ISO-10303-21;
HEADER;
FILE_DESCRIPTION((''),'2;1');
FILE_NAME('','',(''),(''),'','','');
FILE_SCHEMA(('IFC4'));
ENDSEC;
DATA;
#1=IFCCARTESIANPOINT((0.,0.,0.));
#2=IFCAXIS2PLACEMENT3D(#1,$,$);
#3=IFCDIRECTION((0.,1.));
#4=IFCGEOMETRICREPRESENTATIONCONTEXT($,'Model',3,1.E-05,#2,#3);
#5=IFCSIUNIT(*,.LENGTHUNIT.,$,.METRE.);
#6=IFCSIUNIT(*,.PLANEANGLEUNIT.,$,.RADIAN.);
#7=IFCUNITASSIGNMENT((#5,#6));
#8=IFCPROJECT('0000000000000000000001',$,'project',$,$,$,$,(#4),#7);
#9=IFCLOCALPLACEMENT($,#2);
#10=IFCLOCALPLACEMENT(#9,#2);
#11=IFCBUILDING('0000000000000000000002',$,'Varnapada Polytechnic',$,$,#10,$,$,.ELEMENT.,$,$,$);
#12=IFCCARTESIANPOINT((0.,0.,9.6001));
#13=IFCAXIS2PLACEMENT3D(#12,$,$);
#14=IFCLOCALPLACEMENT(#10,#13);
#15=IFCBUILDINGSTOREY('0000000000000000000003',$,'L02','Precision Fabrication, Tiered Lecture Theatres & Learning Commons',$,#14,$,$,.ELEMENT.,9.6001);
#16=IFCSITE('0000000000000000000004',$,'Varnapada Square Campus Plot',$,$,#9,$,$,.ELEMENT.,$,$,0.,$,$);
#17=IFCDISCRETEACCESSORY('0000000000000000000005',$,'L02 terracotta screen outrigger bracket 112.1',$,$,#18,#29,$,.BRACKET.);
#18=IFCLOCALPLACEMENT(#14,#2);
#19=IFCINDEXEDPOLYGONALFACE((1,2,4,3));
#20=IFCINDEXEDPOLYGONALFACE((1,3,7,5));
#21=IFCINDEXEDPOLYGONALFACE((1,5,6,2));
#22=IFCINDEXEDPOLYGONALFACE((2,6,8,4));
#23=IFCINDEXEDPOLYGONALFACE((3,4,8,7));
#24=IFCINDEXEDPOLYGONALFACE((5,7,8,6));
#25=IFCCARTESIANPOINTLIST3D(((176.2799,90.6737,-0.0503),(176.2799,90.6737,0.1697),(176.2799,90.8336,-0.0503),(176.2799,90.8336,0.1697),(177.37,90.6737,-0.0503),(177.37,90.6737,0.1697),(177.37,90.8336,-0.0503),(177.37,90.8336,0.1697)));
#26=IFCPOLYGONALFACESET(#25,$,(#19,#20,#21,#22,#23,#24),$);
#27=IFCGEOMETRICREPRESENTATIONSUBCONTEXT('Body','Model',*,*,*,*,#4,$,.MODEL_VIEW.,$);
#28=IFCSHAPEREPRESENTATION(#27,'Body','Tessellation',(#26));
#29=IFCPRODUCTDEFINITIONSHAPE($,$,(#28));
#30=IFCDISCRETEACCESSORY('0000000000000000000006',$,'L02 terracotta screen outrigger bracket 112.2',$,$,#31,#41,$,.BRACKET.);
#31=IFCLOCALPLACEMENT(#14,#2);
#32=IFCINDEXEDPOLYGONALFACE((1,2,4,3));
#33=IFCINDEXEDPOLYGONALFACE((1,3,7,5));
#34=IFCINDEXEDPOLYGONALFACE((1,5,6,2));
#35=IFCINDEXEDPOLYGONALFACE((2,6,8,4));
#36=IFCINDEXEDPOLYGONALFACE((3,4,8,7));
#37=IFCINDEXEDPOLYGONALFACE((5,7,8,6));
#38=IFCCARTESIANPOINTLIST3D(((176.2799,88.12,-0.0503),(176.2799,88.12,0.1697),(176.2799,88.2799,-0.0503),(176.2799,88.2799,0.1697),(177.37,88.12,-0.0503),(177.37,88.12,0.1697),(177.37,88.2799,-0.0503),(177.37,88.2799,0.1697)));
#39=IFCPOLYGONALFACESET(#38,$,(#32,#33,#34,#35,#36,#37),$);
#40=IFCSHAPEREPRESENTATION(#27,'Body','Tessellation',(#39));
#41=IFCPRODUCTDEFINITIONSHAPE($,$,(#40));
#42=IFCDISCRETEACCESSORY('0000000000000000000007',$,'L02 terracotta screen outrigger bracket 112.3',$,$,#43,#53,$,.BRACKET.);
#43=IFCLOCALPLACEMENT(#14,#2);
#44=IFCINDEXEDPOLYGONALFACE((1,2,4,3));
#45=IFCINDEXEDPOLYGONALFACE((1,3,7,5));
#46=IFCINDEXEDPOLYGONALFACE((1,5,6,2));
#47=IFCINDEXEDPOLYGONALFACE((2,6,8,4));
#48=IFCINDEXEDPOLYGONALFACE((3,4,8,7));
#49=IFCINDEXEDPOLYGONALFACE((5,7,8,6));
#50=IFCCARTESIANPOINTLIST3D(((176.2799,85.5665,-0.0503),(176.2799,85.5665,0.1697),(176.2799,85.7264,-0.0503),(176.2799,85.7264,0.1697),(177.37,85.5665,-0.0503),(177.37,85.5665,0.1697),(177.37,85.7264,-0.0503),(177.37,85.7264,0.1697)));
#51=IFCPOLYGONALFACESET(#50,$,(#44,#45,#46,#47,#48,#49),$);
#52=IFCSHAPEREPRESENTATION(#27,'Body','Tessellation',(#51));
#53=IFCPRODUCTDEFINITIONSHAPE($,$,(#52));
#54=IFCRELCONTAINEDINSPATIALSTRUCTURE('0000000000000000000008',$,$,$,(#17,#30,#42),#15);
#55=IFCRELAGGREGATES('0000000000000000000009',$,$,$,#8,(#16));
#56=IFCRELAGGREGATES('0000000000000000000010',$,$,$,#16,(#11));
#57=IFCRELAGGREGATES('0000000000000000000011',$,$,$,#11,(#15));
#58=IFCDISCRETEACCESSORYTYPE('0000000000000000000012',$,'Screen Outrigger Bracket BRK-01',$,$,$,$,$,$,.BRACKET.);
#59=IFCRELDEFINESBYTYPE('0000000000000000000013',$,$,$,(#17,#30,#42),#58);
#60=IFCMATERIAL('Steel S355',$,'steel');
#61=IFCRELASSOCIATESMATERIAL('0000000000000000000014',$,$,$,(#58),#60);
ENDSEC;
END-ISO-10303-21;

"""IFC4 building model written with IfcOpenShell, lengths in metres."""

from ifc_helpers import new_model, si_unit, direction, frame, origin, origin_2d, place, context, subcontext, project, spatial, rectangle, extrude, material, type_object, element, save


model = new_model("IFC4")

# Units and contexts
model_context = context("Model", 3, precision=1e-05, world=origin(), true_north=direction((0.0, 1.0)))
body_context = subcontext(model_context, "Body", "Model", "MODEL_VIEW")
ifc_project = project(units=[si_unit("LENGTHUNIT", "METRE"), si_unit("PLANEANGLEUNIT", "RADIAN")], contexts=[model_context])

# Site, building, storey
site_placement = place(None, origin())
site = spatial("IfcSite", under=ifc_project, at=site_placement, Name="Varnapada Square Campus Plot", CompositionType="ELEMENT", RefElevation=0.0)
building_placement = place(site_placement, origin())
building = spatial("IfcBuilding", under=site, at=building_placement, Name="Varnapada Polytechnic", CompositionType="ELEMENT")
storey_placement = place(building_placement, frame((0.0, 0.0, 9.6001)))
storey = spatial("IfcBuildingStorey", under=building, at=storey_placement, Name="L02", Description="Precision Fabrication, Tiered Lecture Theatres & Learning Commons", CompositionType="ELEMENT", Elevation=9.6001)

# Discrete accessories
ifc_material_1 = material(Name="Steel S355", Category="steel")
discrete_accessory_type = type_object("IfcDiscreteAccessoryType", Name="Screen Outrigger Bracket BRK-01", PredefinedType="BRACKET", material=ifc_material_1)
for number, where, z_axis, x_axis, name in (
    (1, (176.825, 90.7537, -0.0503), (0.0, 0.0, 1.0), (0.0, -1.0, 0.0), "L02 terracotta screen outrigger bracket 112.1"),
    (2, (176.825, 88.2, -0.0503), (0.0, 0.0, 1.0), (0.0, -1.0, 0.0), "L02 terracotta screen outrigger bracket 112.2"),
    (3, (176.825, 85.6465, -0.0503), (0.0, 0.0, 1.0), (0.0, -1.0, 0.0), "L02 terracotta screen outrigger bracket 112.3"),
):
    element("IfcDiscreteAccessory", number, at=place(storey_placement, frame(where, z_axis=z_axis, x_axis=x_axis)), inside=storey, type_object=discrete_accessory_type, Name=name, PredefinedType="BRACKET", context=body_context, shape_type="SweptSolid", body=[
        extrude(rectangle(XDim=0.1599, YDim=1.0901, at=origin_2d()), origin(), (0.0, 0.0, 1.0), 0.22),
    ])

save(model, "model.ifc")
